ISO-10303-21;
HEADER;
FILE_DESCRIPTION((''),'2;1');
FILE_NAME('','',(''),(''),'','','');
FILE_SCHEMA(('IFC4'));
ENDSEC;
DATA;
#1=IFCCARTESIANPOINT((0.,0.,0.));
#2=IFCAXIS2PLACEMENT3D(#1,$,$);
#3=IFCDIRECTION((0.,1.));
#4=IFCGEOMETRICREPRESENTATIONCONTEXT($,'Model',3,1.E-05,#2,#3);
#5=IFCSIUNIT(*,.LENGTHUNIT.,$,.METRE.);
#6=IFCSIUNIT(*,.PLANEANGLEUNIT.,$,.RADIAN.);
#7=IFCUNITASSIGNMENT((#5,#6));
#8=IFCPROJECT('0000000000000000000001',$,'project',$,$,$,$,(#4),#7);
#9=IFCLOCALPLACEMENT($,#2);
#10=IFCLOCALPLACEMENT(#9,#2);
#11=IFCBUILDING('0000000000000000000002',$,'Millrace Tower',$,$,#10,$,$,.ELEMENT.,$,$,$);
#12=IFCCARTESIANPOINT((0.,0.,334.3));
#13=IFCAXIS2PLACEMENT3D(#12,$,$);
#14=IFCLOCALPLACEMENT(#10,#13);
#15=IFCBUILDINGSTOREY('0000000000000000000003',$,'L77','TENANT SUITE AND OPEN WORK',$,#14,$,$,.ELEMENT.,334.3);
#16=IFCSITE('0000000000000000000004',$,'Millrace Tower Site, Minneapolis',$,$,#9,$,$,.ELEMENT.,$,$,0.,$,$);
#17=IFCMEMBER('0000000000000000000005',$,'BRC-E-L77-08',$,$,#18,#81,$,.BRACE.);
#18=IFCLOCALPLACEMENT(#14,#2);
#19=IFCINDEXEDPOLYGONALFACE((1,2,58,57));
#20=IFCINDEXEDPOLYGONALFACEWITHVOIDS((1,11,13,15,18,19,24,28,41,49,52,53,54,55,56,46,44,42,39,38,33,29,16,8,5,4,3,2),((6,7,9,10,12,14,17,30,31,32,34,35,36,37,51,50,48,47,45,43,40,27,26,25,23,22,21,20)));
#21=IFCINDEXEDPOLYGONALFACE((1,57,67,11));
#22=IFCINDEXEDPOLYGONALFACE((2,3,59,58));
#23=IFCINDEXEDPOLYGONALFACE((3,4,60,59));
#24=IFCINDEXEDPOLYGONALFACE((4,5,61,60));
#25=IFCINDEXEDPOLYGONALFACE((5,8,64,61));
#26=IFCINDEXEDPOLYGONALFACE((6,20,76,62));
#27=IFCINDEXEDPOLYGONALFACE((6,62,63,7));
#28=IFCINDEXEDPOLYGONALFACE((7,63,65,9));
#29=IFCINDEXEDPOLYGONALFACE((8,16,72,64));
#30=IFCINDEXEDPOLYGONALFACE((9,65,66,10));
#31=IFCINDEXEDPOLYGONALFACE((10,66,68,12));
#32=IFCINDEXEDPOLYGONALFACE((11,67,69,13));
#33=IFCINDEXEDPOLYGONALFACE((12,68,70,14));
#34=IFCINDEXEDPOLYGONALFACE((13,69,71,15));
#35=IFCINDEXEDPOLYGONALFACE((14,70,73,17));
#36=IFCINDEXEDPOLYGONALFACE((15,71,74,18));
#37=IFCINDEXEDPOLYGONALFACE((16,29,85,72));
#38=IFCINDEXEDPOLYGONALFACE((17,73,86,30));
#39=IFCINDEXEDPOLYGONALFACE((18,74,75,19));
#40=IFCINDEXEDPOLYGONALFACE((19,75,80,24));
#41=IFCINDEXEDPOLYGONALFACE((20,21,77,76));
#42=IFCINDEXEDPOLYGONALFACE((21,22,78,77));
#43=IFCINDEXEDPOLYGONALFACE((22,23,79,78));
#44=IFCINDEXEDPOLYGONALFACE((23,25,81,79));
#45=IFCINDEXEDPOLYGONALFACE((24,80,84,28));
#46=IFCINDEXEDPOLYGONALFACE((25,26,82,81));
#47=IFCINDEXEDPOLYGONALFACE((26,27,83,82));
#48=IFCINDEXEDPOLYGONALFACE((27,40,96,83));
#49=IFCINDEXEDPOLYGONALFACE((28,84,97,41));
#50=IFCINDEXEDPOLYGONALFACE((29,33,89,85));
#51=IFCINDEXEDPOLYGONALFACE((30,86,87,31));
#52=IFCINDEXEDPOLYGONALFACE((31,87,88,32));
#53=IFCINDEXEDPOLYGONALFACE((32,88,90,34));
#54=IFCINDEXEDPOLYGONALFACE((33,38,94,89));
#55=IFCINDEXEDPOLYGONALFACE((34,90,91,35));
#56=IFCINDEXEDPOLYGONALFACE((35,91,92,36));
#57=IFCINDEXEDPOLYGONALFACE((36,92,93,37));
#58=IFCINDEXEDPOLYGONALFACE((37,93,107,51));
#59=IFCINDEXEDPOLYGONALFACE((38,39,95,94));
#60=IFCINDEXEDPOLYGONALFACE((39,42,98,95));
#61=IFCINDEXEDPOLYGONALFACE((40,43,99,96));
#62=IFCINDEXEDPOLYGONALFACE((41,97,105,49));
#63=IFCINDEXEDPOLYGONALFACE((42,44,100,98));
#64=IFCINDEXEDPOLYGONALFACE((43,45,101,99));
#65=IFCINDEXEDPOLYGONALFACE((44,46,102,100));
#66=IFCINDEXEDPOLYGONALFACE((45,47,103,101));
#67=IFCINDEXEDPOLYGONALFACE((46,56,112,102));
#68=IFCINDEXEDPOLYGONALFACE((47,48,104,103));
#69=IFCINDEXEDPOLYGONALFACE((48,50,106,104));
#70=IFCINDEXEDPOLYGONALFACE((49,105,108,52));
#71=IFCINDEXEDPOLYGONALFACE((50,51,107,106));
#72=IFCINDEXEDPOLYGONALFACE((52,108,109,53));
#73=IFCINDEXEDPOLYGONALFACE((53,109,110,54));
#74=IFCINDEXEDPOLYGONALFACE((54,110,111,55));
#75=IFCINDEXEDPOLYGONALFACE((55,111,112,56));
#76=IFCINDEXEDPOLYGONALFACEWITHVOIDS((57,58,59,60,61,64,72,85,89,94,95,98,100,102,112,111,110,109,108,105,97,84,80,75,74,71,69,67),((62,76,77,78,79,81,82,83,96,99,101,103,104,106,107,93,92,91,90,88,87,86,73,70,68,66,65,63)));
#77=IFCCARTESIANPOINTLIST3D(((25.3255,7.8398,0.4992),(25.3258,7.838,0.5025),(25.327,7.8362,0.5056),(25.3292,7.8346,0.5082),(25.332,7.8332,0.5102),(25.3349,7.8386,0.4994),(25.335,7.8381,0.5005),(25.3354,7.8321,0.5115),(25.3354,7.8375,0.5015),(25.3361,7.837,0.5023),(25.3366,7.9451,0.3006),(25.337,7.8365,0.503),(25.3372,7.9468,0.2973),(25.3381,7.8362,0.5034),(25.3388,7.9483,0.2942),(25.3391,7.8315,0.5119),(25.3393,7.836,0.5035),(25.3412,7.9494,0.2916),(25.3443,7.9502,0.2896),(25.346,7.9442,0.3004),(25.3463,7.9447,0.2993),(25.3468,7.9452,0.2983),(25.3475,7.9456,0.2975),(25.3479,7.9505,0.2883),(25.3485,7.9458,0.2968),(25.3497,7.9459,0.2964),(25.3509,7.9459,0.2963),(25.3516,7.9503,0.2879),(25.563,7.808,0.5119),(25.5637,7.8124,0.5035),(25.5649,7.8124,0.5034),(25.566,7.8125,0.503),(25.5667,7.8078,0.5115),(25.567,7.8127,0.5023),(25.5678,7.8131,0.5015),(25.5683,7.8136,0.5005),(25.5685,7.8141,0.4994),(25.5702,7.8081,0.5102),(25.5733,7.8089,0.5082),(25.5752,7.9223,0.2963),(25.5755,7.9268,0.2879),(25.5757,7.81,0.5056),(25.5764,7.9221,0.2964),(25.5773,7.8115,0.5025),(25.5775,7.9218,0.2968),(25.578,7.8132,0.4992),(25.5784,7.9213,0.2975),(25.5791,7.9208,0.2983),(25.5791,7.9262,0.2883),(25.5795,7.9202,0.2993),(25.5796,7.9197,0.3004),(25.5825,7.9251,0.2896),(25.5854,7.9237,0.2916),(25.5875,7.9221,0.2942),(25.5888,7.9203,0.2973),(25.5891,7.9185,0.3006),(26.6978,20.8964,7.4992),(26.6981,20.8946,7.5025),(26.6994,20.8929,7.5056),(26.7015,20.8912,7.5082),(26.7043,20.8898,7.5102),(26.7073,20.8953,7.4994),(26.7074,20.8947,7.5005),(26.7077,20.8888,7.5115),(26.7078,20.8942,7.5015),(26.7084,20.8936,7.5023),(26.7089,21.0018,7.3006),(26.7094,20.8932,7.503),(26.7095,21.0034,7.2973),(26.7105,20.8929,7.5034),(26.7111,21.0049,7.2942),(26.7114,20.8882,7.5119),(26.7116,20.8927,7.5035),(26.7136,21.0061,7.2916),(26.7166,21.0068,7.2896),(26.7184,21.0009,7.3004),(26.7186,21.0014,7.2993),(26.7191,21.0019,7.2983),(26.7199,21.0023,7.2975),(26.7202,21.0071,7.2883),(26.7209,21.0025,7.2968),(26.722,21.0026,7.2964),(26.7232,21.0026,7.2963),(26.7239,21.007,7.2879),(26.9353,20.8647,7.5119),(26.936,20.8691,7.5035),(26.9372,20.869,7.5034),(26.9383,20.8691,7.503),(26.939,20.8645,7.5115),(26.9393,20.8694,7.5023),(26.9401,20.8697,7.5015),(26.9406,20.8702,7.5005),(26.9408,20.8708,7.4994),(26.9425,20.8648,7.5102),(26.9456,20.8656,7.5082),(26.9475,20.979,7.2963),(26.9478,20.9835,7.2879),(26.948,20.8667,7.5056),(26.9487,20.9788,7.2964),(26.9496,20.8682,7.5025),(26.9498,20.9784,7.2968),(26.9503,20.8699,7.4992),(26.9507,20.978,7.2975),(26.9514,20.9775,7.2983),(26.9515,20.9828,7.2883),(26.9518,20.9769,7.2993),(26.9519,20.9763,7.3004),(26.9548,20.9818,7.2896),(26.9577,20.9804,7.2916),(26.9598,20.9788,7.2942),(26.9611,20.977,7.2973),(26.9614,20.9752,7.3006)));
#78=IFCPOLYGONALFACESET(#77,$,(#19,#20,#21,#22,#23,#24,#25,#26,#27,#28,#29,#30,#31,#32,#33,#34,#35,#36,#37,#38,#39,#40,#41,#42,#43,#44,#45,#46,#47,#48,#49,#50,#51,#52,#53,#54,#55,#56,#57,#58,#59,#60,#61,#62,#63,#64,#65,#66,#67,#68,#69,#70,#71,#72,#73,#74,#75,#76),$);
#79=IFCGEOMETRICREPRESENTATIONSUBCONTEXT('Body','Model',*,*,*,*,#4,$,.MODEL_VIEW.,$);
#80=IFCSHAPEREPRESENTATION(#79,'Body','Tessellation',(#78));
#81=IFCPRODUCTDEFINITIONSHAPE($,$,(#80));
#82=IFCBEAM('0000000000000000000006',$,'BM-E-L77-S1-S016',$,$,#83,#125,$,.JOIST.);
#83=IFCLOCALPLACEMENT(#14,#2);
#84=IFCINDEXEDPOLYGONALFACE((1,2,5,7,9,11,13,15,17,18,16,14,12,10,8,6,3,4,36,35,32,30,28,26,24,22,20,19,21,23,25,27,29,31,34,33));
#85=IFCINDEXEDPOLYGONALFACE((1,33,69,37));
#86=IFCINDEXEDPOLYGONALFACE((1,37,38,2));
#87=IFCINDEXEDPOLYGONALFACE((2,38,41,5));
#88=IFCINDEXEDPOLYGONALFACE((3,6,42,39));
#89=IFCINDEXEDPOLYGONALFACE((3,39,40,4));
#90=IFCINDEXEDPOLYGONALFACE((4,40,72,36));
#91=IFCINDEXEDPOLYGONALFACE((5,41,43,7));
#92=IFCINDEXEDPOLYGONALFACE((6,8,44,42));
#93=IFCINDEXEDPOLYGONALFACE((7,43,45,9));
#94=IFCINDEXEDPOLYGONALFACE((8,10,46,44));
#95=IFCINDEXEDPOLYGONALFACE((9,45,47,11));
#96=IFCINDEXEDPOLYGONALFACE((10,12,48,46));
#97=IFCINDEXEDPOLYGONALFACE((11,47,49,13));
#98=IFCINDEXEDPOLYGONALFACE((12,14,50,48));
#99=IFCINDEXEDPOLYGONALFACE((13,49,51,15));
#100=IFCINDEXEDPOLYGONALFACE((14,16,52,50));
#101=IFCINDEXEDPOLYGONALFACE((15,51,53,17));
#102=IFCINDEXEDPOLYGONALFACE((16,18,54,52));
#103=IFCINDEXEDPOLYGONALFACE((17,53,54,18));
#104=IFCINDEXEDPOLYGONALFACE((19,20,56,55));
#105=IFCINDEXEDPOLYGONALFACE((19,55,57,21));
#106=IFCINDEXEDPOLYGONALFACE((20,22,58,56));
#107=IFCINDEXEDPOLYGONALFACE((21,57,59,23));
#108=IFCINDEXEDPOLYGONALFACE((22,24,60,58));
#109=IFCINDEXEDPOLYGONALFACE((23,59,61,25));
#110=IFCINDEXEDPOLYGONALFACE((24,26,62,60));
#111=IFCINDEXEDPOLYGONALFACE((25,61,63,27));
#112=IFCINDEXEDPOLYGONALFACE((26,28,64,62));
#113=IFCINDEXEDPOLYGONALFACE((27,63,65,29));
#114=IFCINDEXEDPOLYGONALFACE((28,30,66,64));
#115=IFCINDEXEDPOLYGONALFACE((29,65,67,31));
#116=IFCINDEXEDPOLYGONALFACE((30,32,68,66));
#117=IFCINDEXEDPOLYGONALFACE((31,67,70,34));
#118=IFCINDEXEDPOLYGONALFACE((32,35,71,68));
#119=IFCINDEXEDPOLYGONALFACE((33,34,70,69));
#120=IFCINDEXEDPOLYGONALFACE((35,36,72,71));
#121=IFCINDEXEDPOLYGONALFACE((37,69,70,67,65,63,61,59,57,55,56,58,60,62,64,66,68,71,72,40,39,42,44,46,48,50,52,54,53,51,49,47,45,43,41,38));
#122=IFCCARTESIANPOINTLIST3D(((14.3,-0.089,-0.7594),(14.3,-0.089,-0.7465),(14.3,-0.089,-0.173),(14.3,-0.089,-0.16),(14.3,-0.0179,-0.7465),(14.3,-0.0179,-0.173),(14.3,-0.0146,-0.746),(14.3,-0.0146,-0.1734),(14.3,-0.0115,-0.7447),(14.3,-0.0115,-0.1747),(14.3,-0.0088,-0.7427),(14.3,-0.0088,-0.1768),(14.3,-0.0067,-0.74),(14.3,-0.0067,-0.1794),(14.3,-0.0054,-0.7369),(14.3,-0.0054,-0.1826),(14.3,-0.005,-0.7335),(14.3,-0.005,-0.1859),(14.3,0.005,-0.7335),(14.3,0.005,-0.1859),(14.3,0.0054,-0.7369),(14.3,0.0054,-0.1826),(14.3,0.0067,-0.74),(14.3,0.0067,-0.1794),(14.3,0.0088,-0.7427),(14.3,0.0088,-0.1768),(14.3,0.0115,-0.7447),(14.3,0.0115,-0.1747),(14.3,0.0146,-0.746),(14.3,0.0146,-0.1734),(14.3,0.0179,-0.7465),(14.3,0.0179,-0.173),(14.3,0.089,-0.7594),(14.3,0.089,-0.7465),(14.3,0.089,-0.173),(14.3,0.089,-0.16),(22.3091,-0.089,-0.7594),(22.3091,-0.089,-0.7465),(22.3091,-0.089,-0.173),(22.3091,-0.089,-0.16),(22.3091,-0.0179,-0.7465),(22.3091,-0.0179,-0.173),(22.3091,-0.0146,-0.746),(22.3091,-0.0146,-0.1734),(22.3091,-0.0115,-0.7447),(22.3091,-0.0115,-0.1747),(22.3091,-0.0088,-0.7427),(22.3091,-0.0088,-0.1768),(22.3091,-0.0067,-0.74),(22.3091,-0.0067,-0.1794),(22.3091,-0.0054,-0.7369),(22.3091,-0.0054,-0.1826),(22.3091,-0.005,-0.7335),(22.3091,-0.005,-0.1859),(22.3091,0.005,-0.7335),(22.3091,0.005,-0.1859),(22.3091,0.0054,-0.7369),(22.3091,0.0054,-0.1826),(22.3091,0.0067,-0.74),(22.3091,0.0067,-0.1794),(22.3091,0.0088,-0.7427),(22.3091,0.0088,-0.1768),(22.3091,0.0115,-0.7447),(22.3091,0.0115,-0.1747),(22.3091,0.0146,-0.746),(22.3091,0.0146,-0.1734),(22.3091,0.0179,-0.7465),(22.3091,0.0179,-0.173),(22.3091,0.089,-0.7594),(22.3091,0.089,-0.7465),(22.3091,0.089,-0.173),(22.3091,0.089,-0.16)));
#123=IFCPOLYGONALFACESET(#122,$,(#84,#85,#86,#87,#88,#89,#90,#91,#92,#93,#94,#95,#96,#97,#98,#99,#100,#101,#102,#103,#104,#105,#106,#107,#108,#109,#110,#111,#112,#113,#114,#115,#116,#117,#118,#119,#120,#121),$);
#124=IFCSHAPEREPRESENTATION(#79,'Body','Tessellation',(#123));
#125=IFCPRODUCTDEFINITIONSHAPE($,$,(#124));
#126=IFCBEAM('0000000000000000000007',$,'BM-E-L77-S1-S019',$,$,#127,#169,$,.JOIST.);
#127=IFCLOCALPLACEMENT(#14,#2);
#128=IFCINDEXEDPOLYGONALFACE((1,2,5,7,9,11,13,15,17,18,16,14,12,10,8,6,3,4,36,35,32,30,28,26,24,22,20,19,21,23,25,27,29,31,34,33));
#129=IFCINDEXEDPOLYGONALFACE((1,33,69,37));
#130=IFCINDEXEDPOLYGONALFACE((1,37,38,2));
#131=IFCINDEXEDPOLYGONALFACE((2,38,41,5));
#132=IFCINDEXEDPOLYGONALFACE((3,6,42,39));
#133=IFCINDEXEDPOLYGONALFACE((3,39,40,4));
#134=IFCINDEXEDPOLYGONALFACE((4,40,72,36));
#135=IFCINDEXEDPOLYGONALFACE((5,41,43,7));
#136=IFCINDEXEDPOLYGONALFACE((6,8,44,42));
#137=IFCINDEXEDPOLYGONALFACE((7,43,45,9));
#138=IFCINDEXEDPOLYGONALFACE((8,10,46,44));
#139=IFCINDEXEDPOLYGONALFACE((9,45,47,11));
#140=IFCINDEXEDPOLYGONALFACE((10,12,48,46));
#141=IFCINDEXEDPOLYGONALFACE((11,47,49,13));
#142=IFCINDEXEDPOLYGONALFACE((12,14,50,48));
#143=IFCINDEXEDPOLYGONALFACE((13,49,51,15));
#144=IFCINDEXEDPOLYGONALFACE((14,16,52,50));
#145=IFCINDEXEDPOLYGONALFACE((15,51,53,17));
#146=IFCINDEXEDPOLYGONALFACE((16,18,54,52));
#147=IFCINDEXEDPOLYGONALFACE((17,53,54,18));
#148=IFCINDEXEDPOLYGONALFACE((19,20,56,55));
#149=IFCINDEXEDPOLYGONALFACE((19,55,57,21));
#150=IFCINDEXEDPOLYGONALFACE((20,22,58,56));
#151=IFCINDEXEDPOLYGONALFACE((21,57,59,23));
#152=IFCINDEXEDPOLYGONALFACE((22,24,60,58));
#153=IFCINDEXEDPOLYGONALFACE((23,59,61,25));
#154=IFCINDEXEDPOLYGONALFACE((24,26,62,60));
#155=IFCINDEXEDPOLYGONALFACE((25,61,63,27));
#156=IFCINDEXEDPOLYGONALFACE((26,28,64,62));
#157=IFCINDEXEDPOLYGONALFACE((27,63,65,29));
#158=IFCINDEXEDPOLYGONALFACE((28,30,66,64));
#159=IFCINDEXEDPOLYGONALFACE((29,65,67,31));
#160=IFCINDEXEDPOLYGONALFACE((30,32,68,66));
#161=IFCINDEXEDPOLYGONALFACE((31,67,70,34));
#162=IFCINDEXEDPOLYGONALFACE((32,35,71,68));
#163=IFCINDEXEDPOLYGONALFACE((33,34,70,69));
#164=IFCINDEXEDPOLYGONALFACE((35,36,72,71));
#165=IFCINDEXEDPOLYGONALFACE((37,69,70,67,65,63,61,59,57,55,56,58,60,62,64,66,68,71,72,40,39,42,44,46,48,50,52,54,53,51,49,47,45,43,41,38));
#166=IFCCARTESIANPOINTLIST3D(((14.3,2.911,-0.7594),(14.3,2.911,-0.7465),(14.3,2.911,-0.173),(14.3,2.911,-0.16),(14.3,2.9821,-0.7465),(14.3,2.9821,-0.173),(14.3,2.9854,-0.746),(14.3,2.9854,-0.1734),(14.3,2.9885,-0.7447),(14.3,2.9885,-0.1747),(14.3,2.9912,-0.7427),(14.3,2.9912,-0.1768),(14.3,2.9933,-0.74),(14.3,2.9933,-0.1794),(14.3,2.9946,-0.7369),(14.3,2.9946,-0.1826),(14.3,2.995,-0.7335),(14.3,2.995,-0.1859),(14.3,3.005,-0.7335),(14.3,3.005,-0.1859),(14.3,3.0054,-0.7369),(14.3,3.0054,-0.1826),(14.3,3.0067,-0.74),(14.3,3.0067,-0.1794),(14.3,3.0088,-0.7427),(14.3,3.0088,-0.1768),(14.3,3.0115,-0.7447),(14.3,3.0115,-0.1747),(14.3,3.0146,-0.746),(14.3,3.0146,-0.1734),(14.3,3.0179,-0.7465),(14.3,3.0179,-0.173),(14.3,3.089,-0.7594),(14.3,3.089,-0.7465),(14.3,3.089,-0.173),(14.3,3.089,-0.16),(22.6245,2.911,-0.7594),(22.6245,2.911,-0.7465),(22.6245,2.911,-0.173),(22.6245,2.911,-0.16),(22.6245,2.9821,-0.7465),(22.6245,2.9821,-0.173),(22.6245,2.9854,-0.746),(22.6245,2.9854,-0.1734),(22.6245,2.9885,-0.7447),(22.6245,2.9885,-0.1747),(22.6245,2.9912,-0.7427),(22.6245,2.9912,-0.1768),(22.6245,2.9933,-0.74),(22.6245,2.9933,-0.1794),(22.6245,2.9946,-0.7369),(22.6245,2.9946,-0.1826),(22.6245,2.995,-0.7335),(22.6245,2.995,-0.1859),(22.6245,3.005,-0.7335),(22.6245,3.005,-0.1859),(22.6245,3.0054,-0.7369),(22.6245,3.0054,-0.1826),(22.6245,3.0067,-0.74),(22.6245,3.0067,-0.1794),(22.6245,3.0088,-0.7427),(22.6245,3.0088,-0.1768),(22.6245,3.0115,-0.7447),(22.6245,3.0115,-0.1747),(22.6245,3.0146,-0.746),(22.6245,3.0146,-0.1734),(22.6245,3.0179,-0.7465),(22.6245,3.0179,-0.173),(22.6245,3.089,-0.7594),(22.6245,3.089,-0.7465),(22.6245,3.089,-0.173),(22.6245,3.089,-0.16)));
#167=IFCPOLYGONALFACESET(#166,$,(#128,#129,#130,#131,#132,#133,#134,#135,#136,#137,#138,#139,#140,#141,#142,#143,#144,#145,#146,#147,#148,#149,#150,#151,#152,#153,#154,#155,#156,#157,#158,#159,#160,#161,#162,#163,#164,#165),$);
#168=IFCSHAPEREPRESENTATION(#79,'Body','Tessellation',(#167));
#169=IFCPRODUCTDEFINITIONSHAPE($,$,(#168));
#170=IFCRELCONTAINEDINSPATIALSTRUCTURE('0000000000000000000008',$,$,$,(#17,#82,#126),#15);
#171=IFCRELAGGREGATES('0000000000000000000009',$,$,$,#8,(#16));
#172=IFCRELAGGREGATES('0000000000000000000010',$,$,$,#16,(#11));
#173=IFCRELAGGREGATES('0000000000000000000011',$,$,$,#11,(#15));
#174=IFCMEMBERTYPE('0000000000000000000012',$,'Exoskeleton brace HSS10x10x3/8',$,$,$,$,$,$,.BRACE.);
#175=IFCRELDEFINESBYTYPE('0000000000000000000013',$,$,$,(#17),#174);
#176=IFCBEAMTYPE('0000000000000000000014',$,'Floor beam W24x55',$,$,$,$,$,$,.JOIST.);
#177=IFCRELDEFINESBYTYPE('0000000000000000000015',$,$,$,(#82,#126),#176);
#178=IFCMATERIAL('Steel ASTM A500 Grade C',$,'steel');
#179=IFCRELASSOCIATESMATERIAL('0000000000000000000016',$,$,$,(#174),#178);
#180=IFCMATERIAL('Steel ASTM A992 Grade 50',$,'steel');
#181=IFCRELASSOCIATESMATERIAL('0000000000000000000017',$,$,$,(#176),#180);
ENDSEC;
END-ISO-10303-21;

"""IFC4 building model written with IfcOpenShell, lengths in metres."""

from ifc_helpers import new_model, si_unit, direction, frame, origin, origin_2d, place, context, subcontext, project, spatial, hollow_rectangle, i_section, extrude, material, material_profile, profile_set, type_object, element, save


model = new_model("IFC4")

# Units and contexts
model_context = context("Model", 3, precision=1e-05, world=origin(), true_north=direction((0.0, 1.0)))
body_context = subcontext(model_context, "Body", "Model", "MODEL_VIEW")
ifc_project = project(units=[si_unit("LENGTHUNIT", "METRE"), si_unit("PLANEANGLEUNIT", "RADIAN")], contexts=[model_context])

# Site, building, storey
site_placement = place(None, origin())
site = spatial("IfcSite", under=ifc_project, at=site_placement, Name="Millrace Tower Site, Minneapolis", CompositionType="ELEMENT", RefElevation=0.0)
building_placement = place(site_placement, origin())
building = spatial("IfcBuilding", under=site, at=building_placement, Name="Millrace Tower", CompositionType="ELEMENT")
storey_placement = place(building_placement, frame((0.0, 0.0, 334.3)))
storey = spatial("IfcBuildingStorey", under=building, at=storey_placement, Name="L77", Description="TENANT SUITE AND OPEN WORK", CompositionType="ELEMENT", Elevation=334.3)

# Member
ifc_material_1 = material(Name="Steel ASTM A500 Grade C", Category="steel")
ifc_material_profile_1 = material_profile(ifc_material_1, hollow_rectangle(XDim=0.2539, YDim=0.2539, WallThickness=0.0095, InnerFilletRadius=0.0046, OuterFilletRadius=0.0144, at=origin_2d()))
ifc_profile_set_1 = profile_set([ifc_material_profile_1], Name="Steel ASTM A500 Grade C")
member_type_1 = type_object("IfcMemberType", Name="Exoskeleton brace HSS10x10x3/8", PredefinedType="BRACE", material=ifc_profile_set_1)
member_1_placement = place(storey_placement, frame((25.4573, 7.8792, 0.3999), z_axis=(0.092237, 0.877572, 0.470489), x_axis=(-0.994522, 0.104529, 0.0)))
element("IfcMember", 1, at=member_1_placement, inside=storey, type_object=member_type_1, Name="BRC-E-L77-08", PredefinedType="BRACE", context=body_context, shape_type="SweptSolid", body=[
    extrude(hollow_rectangle(XDim=0.2539, YDim=0.2539, WallThickness=0.0095, InnerFilletRadius=0.0046, OuterFilletRadius=0.0144, at=origin_2d()), origin(), (0.0, 0.0, 1.0), 14.8782),
])

# Beams
ifc_material_2 = material(Name="Steel ASTM A992 Grade 50", Category="steel")
ifc_material_profile_2 = material_profile(ifc_material_2, i_section(OverallWidth=0.178, OverallDepth=0.5994, WebThickness=0.01, FlangeThickness=0.0129, FilletRadius=0.0129, at=origin_2d()))
ifc_profile_set_2 = profile_set([ifc_material_profile_2], Name="Steel ASTM A992 Grade 50")
beam_type_1 = type_object("IfcBeamType", Name="Floor beam W24x55", PredefinedType="JOIST", material=ifc_profile_set_2)
beam_1_placement = place(storey_placement, frame((14.3, 0.0, -0.4597), z_axis=(1.0, 0.0, 0.0), x_axis=(0.0, 1.0, 0.0)))
element("IfcBeam", 2, at=beam_1_placement, inside=storey, type_object=beam_type_1, Name="BM-E-L77-S1-S016", PredefinedType="JOIST", context=body_context, shape_type="SweptSolid", body=[
    extrude(i_section(OverallWidth=0.178, OverallDepth=0.5994, WebThickness=0.01, FlangeThickness=0.0129, FilletRadius=0.0129, at=origin_2d()), origin(), (0.0, 0.0, 1.0), 8.009),
])
beam_2_placement = place(storey_placement, frame((14.3, 3.0, -0.4597), z_axis=(1.0, 0.0, 0.0), x_axis=(0.0, 1.0, 0.0)))
element("IfcBeam", 3, at=beam_2_placement, inside=storey, type_object=beam_type_1, Name="BM-E-L77-S1-S019", PredefinedType="JOIST", context=body_context, shape_type="SweptSolid", body=[
    extrude(i_section(OverallWidth=0.178, OverallDepth=0.5994, WebThickness=0.01, FlangeThickness=0.0129, FilletRadius=0.0129, at=origin_2d()), origin(), (0.0, 0.0, 1.0), 8.3245),
])

save(model, "model.ifc")
